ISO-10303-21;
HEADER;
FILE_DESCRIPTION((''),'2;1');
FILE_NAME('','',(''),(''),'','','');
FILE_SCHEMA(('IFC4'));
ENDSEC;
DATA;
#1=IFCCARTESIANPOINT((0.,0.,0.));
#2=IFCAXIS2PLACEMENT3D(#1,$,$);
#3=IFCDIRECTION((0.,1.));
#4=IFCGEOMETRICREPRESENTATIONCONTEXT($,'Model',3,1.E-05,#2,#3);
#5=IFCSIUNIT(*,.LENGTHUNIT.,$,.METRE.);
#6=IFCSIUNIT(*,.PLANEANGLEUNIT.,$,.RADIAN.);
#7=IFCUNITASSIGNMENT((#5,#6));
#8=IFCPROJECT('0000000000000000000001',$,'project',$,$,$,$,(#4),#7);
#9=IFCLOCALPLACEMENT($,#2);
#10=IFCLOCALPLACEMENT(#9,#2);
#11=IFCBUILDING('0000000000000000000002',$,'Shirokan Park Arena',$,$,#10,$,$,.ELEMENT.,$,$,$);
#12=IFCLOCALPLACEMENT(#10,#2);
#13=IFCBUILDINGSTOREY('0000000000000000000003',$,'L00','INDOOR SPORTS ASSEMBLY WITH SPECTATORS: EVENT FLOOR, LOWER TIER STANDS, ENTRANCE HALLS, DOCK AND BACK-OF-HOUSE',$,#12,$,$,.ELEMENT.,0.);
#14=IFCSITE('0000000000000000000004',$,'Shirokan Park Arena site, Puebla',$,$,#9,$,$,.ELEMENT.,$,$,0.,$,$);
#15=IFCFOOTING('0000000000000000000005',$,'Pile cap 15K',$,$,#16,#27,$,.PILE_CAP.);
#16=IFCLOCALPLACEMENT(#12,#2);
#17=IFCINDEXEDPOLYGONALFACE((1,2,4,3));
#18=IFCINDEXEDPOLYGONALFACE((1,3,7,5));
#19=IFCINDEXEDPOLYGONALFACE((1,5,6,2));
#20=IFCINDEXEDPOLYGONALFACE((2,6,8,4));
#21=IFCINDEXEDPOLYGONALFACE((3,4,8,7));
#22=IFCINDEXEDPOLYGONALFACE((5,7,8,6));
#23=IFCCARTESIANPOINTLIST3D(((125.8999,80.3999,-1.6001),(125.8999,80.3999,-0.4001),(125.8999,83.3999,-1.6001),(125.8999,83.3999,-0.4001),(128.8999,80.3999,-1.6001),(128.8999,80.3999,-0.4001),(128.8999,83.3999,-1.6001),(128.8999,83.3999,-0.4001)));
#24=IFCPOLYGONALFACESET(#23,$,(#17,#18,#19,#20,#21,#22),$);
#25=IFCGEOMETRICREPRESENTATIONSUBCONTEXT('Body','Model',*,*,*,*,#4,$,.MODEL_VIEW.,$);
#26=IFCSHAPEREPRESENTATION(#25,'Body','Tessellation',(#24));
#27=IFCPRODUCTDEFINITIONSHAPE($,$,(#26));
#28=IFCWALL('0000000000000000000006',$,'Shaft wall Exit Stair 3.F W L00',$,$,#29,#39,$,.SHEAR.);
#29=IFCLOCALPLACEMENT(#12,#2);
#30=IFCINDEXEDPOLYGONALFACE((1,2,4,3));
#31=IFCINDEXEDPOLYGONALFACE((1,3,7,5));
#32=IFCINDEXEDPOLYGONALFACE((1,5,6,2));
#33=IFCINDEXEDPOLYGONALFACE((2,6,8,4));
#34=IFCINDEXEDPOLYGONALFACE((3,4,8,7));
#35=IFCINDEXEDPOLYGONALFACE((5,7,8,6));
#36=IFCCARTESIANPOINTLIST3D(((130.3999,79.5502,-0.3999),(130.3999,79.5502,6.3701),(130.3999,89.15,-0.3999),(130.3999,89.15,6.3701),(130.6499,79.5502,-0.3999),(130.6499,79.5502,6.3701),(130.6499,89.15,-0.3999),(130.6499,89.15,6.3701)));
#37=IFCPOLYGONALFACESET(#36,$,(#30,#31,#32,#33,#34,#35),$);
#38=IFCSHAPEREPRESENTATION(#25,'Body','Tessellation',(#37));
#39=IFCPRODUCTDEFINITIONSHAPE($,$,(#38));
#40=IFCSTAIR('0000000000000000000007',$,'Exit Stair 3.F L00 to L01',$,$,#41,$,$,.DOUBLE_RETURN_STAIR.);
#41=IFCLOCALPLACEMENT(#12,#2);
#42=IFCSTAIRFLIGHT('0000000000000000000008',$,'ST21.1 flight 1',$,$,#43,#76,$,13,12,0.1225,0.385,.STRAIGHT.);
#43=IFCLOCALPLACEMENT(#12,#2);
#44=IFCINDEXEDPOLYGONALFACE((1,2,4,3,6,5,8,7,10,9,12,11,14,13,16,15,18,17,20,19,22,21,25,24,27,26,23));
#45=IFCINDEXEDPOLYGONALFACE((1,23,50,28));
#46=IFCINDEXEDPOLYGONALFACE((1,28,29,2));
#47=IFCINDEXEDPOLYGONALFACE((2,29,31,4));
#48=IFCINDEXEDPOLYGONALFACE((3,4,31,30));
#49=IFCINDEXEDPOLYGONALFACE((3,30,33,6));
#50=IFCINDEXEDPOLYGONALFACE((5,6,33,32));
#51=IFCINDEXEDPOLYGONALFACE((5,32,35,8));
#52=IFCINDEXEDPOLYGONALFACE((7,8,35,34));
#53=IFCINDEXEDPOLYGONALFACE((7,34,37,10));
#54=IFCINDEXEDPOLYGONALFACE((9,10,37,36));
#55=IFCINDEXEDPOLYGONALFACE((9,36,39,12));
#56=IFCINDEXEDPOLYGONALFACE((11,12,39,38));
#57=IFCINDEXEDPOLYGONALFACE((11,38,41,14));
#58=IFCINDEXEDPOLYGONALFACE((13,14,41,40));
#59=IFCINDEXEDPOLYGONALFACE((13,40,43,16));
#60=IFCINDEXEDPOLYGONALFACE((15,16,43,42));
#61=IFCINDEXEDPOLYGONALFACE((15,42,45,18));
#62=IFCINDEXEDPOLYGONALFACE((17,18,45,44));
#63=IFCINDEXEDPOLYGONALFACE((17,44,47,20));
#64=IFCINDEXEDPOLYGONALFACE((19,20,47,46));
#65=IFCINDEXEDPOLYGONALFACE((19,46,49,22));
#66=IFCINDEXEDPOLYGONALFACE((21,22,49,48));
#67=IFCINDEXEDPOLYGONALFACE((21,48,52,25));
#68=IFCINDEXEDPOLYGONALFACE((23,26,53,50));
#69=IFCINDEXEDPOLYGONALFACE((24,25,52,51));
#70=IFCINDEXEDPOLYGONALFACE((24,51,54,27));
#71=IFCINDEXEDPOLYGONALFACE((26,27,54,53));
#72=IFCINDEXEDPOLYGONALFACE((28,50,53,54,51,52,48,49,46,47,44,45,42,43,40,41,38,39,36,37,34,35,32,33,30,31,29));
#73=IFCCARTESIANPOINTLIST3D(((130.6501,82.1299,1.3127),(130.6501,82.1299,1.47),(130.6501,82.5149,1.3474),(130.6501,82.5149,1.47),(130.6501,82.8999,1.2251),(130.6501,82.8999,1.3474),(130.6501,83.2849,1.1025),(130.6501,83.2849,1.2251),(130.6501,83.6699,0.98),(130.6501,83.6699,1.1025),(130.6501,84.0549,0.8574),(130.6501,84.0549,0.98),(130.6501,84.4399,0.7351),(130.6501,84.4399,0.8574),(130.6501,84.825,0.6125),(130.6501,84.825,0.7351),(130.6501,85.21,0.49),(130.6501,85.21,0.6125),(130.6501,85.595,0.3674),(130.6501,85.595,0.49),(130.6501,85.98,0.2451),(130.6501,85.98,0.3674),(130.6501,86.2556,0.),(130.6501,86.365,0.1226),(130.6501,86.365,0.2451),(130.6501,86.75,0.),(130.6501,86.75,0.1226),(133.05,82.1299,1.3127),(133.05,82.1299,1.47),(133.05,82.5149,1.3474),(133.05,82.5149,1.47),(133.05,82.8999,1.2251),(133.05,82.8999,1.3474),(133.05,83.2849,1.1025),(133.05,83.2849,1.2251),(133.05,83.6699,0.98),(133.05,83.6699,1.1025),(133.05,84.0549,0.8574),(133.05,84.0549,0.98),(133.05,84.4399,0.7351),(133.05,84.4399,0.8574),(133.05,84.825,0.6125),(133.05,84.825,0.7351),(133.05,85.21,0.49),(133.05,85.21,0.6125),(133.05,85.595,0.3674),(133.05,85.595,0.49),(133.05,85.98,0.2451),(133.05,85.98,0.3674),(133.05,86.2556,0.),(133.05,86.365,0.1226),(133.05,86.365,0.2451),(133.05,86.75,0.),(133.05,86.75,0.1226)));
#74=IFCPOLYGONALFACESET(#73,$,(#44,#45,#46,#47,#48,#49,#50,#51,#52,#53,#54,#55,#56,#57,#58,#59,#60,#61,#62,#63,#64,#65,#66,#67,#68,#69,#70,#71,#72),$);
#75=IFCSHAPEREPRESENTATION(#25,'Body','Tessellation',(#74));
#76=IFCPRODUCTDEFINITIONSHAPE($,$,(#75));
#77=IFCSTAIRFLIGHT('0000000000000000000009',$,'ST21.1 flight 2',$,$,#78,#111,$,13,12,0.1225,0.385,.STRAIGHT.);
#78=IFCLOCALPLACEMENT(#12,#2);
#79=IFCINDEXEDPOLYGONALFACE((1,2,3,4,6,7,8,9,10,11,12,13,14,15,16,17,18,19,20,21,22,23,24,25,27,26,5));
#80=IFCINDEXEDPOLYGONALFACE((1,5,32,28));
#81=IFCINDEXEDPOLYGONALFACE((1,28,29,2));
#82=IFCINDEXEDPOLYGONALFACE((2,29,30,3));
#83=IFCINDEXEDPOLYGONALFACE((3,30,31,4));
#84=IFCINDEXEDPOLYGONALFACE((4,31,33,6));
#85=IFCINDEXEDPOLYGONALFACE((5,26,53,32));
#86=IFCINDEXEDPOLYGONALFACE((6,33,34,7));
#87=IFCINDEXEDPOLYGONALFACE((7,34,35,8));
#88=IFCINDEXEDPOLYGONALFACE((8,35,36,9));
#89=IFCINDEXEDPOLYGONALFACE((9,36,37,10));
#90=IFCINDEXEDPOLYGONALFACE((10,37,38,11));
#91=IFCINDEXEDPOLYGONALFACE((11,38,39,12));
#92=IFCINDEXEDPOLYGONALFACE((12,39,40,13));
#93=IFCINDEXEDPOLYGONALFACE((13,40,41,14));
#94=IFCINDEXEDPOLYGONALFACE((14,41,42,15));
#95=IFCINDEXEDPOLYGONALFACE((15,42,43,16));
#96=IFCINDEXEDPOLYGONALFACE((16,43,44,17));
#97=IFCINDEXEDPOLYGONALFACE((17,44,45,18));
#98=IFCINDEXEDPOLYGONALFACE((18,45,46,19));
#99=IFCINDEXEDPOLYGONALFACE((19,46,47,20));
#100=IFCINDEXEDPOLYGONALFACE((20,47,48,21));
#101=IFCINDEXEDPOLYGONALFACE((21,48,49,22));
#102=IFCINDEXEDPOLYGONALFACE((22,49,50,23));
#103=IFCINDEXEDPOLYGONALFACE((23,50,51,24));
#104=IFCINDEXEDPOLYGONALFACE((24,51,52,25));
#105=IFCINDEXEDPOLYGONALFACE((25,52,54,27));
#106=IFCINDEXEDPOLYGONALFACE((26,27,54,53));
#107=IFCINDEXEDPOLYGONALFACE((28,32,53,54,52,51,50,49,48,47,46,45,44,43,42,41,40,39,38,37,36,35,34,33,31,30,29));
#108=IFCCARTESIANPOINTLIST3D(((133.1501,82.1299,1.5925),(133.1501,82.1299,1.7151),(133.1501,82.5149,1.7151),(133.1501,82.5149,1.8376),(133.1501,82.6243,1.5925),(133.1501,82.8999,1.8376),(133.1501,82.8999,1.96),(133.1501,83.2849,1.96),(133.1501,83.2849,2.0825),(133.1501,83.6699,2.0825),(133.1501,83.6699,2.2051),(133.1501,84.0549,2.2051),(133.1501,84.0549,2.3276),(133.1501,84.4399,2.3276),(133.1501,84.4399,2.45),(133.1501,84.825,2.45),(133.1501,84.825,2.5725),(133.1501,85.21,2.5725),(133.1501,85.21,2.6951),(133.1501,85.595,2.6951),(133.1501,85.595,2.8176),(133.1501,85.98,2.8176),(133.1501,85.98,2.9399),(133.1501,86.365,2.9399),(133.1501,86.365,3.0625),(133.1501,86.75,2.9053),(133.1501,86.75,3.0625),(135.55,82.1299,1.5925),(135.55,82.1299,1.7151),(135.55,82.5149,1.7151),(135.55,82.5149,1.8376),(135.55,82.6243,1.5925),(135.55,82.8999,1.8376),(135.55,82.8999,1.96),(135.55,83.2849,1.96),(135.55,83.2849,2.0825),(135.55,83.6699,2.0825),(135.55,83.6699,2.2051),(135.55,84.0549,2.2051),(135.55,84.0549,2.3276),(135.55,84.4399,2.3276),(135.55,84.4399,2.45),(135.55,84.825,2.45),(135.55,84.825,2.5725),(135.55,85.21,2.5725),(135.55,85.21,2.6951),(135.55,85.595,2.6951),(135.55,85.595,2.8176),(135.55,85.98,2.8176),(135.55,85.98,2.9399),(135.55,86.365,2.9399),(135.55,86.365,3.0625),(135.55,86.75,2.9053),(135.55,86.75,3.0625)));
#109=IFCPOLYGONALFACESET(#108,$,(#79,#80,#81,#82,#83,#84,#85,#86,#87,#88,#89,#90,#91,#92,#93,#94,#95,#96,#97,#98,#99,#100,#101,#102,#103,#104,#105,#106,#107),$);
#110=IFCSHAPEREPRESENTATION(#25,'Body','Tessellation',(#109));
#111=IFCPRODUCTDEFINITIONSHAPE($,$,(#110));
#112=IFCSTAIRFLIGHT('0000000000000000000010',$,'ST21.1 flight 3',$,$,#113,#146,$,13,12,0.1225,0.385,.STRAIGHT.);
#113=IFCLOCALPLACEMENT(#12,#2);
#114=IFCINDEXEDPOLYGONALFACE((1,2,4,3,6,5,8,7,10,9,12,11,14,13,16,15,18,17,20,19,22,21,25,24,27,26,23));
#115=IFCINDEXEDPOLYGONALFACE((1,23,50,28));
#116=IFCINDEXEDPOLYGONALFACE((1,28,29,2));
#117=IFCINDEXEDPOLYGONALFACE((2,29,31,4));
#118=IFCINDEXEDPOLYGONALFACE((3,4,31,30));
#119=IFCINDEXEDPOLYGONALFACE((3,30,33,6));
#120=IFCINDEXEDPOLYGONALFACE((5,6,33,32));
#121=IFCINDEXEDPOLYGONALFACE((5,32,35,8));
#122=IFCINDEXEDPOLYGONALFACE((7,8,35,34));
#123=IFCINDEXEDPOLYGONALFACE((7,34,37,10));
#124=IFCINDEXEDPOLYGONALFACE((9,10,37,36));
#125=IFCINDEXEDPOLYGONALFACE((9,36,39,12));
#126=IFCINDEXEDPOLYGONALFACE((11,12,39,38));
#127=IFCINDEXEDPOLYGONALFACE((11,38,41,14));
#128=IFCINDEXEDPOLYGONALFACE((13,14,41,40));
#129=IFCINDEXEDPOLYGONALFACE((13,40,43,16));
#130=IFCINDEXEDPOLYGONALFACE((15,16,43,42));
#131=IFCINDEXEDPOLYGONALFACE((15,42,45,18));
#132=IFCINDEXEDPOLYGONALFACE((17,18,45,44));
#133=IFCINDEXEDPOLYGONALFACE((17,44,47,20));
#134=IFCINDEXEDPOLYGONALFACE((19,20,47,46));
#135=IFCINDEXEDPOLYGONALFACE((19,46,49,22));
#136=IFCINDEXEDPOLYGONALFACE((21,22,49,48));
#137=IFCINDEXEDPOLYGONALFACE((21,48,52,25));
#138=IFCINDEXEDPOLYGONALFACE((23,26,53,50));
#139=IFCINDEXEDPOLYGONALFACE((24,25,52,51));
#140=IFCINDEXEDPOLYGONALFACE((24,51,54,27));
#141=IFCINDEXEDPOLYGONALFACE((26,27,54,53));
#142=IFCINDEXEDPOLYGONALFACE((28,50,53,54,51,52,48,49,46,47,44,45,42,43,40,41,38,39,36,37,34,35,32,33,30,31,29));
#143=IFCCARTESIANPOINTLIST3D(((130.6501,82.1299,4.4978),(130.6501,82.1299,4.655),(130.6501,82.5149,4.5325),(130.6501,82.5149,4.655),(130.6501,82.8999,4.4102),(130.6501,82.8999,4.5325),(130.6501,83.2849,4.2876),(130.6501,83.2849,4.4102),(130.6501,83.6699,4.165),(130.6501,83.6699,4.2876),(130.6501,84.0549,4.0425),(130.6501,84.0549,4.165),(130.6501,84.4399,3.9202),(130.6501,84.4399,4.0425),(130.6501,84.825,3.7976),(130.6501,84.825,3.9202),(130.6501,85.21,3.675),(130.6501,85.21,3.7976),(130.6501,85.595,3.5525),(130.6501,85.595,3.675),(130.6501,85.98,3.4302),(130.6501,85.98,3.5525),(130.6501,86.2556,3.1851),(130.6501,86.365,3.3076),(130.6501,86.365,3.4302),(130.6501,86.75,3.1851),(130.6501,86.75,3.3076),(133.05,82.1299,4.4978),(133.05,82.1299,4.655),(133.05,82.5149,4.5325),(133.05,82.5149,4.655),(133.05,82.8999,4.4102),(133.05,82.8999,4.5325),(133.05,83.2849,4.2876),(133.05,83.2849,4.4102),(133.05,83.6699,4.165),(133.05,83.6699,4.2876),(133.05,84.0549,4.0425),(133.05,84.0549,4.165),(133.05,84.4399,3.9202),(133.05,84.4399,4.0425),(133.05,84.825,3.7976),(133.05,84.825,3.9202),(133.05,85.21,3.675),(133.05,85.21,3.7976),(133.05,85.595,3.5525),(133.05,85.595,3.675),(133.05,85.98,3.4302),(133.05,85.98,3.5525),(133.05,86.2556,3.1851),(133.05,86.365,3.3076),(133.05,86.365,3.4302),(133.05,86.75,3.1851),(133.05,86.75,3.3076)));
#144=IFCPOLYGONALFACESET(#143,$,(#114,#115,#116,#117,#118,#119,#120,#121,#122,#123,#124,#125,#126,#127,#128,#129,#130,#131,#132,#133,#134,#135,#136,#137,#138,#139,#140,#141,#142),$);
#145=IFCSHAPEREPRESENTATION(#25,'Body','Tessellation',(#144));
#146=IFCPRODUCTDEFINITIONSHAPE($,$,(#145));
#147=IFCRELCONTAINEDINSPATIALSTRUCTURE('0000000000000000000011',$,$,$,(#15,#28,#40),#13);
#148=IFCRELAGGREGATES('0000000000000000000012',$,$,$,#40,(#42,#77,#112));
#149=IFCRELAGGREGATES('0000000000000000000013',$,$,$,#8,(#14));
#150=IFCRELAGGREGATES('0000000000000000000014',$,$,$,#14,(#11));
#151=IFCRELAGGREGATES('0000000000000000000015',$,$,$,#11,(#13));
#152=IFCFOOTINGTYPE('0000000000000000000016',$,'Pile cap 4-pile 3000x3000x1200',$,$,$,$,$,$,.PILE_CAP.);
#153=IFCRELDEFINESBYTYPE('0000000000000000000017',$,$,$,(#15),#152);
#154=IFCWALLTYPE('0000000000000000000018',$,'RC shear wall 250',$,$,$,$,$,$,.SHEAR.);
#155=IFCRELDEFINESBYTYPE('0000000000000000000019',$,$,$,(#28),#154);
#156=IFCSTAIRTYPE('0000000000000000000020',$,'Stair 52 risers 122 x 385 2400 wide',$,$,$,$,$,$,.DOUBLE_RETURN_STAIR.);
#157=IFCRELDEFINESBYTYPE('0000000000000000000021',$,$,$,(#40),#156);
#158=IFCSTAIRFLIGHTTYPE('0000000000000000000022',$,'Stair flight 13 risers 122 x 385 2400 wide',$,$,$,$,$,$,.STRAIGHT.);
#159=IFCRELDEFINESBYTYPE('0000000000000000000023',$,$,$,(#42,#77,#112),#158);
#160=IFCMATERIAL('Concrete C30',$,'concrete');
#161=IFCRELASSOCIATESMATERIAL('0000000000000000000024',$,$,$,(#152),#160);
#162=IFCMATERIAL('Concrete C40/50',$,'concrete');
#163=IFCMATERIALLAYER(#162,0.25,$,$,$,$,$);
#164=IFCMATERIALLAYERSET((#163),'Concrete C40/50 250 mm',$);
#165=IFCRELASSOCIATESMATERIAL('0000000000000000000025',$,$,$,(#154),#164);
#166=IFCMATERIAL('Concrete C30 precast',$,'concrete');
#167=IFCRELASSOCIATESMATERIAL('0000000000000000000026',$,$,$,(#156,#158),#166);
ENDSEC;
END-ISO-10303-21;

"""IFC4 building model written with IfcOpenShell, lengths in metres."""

from ifc_helpers import new_model, si_unit, direction, frame, frame_2d, origin, origin_2d, place, context, subcontext, project, spatial, polyline, rectangle, outline, extrude, material, layer, layer_set, type_object, element, aggregate, save


model = new_model("IFC4")

# Units and contexts
model_context = context("Model", 3, precision=1e-05, world=origin(), true_north=direction((0.0, 1.0)))
body_context = subcontext(model_context, "Body", "Model", "MODEL_VIEW")
ifc_project = project(units=[si_unit("LENGTHUNIT", "METRE"), si_unit("PLANEANGLEUNIT", "RADIAN")], contexts=[model_context])

# Site, building, storey
site_placement = place(None, origin())
site = spatial("IfcSite", under=ifc_project, at=site_placement, Name="Shirokan Park Arena site, Puebla", CompositionType="ELEMENT", RefElevation=0.0)
building_placement = place(site_placement, origin())
building = spatial("IfcBuilding", under=site, at=building_placement, Name="Shirokan Park Arena", CompositionType="ELEMENT")
storey_placement = place(building_placement, origin())
storey = spatial("IfcBuildingStorey", under=building, at=storey_placement, Name="L00", Description="INDOOR SPORTS ASSEMBLY WITH SPECTATORS: EVENT FLOOR, LOWER TIER STANDS, ENTRANCE HALLS, DOCK AND BACK-OF-HOUSE", CompositionType="ELEMENT", Elevation=0.0)

# Shared definitions
ifc_material_1 = material(Name="Concrete C30", Category="concrete")

# Footing
footing_type = type_object("IfcFootingType", Name="Pile cap 4-pile 3000x3000x1200", PredefinedType="PILE_CAP", material=ifc_material_1)
footing_placement = place(storey_placement, frame((127.3999, 81.8999, -1.6001), z_axis=(0.0, 0.0, 1.0), x_axis=(1.0, 0.0, 0.0)))
element("IfcFooting", 1, at=footing_placement, inside=storey, type_object=footing_type, Name="Pile cap 15K", PredefinedType="PILE_CAP", context=body_context, shape_type="SweptSolid", body=[
    extrude(rectangle(XDim=3.0, YDim=3.0, at=origin_2d()), origin(), (0.0, 0.0, 1.0), 1.2),
])

# Wall
ifc_material_2 = material(Name="Concrete C40/50", Category="concrete")
ifc_layer = layer(ifc_material_2, 0.25)
ifc_layer_set = layer_set([ifc_layer], Name="Concrete C40/50 250 mm")
wall_type = type_object("IfcWallType", Name="RC shear wall 250", PredefinedType="SHEAR", material=ifc_layer_set)
wall_placement = place(storey_placement, frame((130.5249, 89.1499, -0.3999), z_axis=(0.0, 0.0, 1.0), x_axis=(0.0, -1.0, 0.0)))
element("IfcWall", 2, at=wall_placement, inside=storey, type_object=wall_type, Name="Shaft wall Exit Stair 3.F W L00", PredefinedType="SHEAR", context=body_context, shape_type="SweptSolid", body=[
    extrude(rectangle(XDim=9.5999, YDim=0.25, at=frame_2d((4.7998, 0.0))), origin(), (0.0, 0.0, 1.0), 6.77),
])

# Stair, stair flights
ifc_material_3 = material(Name="Concrete C30 precast", Category="concrete")
stair_type = type_object("IfcStairType", Name="Stair 52 risers 122 x 385 2400 wide", PredefinedType="DOUBLE_RETURN_STAIR", material=ifc_material_3)
stair_placement = place(storey_placement, origin())
stair = element("IfcStair", 3, at=stair_placement, inside=storey, type_object=stair_type, Name="Exit Stair 3.F L00 to L01", PredefinedType="DOUBLE_RETURN_STAIR")
stair_flight_type = type_object("IfcStairFlightType", Name="Stair flight 13 risers 122 x 385 2400 wide", PredefinedType="STRAIGHT", material=ifc_material_3)
stair_flight_1_placement = place(storey_placement, frame((131.8501, 86.75, 0.0), z_axis=(0.0, 0.0, 1.0), x_axis=(0.0, -1.0, 0.0)))
stair_flight_1 = element("IfcStairFlight", 4, at=stair_flight_1_placement, type_object=stair_flight_type, Name="ST21.1 flight 1", NumberOfRisers=13, NumberOfTreads=12, PredefinedType="STRAIGHT", RiserHeight=0.1225, TreadLength=0.385, context=body_context, shape_type="SweptSolid", body=[
    extrude(outline(polyline([(0.0, 0.0), (0.0, 0.1226), (0.385, 0.1226), (0.385, 0.2451), (0.77, 0.2451), (0.77, 0.3674), (1.155, 0.3674), (1.155, 0.49), (1.54, 0.49), (1.54, 0.6125), (1.925, 0.6125), (1.925, 0.7351), (2.3101, 0.7351), (2.3101, 0.8574), (2.6951, 0.8574), (2.6951, 0.98), (3.0801, 0.98), (3.0801, 1.1025), (3.4651, 1.1025), (3.4651, 1.2251), (3.8501, 1.2251), (3.8501, 1.3474), (4.2351, 1.3474), (4.2351, 1.47), (4.6201, 1.47), (4.6201, 1.5925), (4.6201, 1.3127), (0.4944, 0.0), (0.0, 0.0)])), frame((0.0, 1.2, 0.0), z_axis=(0.0, -1.0, 0.0), x_axis=(1.0, 0.0, 0.0)), (0.0, 0.0, 1.0), 2.3999),
])
stair_flight_2_placement = place(storey_placement, frame((134.3501, 82.1299, 1.5925), z_axis=(0.0, 0.0, 1.0), x_axis=(0.0, 1.0, 0.0)))
stair_flight_2 = element("IfcStairFlight", 5, at=stair_flight_2_placement, type_object=stair_flight_type, Name="ST21.1 flight 2", NumberOfRisers=13, NumberOfTreads=12, PredefinedType="STRAIGHT", RiserHeight=0.1225, TreadLength=0.385, context=body_context, shape_type="SweptSolid", body=[
    extrude(outline(polyline([(0.0, 0.0), (0.0, 0.1226), (0.385, 0.1226), (0.385, 0.2451), (0.77, 0.2451), (0.77, 0.3674), (1.155, 0.3674), (1.155, 0.49), (1.54, 0.49), (1.54, 0.6125), (1.925, 0.6125), (1.925, 0.7351), (2.3101, 0.7351), (2.3101, 0.8574), (2.6951, 0.8574), (2.6951, 0.98), (3.0801, 0.98), (3.0801, 1.1025), (3.4651, 1.1025), (3.4651, 1.2251), (3.8501, 1.2251), (3.8501, 1.3474), (4.2351, 1.3474), (4.2351, 1.47), (4.6201, 1.47), (4.6201, 1.5925), (4.6201, 1.3127), (0.4944, 0.0), (0.0, 0.0)])), frame((0.0, 1.2, 0.0), z_axis=(0.0, -1.0, 0.0), x_axis=(1.0, 0.0, 0.0)), (0.0, 0.0, 1.0), 2.3999),
])
stair_flight_3_placement = place(storey_placement, frame((131.8501, 86.75, 3.1851), z_axis=(0.0, 0.0, 1.0), x_axis=(0.0, -1.0, 0.0)))
stair_flight_3 = element("IfcStairFlight", 6, at=stair_flight_3_placement, type_object=stair_flight_type, Name="ST21.1 flight 3", NumberOfRisers=13, NumberOfTreads=12, PredefinedType="STRAIGHT", RiserHeight=0.1225, TreadLength=0.385, context=body_context, shape_type="SweptSolid", body=[
    extrude(outline(polyline([(0.0, 0.0), (0.0, 0.1226), (0.385, 0.1226), (0.385, 0.2451), (0.77, 0.2451), (0.77, 0.3674), (1.155, 0.3674), (1.155, 0.49), (1.54, 0.49), (1.54, 0.6125), (1.925, 0.6125), (1.925, 0.7351), (2.3101, 0.7351), (2.3101, 0.8574), (2.6951, 0.8574), (2.6951, 0.98), (3.0801, 0.98), (3.0801, 1.1025), (3.4651, 1.1025), (3.4651, 1.2251), (3.8501, 1.2251), (3.8501, 1.3474), (4.2351, 1.3474), (4.2351, 1.47), (4.6201, 1.47), (4.6201, 1.5925), (4.6201, 1.3127), (0.4944, 0.0), (0.0, 0.0)])), frame((0.0, 1.2, 0.0), z_axis=(0.0, -1.0, 0.0), x_axis=(1.0, 0.0, 0.0)), (0.0, 0.0, 1.0), 2.3999),
])
aggregate(stair, [stair_flight_1, stair_flight_2, stair_flight_3])

save(model, "model.ifc")
